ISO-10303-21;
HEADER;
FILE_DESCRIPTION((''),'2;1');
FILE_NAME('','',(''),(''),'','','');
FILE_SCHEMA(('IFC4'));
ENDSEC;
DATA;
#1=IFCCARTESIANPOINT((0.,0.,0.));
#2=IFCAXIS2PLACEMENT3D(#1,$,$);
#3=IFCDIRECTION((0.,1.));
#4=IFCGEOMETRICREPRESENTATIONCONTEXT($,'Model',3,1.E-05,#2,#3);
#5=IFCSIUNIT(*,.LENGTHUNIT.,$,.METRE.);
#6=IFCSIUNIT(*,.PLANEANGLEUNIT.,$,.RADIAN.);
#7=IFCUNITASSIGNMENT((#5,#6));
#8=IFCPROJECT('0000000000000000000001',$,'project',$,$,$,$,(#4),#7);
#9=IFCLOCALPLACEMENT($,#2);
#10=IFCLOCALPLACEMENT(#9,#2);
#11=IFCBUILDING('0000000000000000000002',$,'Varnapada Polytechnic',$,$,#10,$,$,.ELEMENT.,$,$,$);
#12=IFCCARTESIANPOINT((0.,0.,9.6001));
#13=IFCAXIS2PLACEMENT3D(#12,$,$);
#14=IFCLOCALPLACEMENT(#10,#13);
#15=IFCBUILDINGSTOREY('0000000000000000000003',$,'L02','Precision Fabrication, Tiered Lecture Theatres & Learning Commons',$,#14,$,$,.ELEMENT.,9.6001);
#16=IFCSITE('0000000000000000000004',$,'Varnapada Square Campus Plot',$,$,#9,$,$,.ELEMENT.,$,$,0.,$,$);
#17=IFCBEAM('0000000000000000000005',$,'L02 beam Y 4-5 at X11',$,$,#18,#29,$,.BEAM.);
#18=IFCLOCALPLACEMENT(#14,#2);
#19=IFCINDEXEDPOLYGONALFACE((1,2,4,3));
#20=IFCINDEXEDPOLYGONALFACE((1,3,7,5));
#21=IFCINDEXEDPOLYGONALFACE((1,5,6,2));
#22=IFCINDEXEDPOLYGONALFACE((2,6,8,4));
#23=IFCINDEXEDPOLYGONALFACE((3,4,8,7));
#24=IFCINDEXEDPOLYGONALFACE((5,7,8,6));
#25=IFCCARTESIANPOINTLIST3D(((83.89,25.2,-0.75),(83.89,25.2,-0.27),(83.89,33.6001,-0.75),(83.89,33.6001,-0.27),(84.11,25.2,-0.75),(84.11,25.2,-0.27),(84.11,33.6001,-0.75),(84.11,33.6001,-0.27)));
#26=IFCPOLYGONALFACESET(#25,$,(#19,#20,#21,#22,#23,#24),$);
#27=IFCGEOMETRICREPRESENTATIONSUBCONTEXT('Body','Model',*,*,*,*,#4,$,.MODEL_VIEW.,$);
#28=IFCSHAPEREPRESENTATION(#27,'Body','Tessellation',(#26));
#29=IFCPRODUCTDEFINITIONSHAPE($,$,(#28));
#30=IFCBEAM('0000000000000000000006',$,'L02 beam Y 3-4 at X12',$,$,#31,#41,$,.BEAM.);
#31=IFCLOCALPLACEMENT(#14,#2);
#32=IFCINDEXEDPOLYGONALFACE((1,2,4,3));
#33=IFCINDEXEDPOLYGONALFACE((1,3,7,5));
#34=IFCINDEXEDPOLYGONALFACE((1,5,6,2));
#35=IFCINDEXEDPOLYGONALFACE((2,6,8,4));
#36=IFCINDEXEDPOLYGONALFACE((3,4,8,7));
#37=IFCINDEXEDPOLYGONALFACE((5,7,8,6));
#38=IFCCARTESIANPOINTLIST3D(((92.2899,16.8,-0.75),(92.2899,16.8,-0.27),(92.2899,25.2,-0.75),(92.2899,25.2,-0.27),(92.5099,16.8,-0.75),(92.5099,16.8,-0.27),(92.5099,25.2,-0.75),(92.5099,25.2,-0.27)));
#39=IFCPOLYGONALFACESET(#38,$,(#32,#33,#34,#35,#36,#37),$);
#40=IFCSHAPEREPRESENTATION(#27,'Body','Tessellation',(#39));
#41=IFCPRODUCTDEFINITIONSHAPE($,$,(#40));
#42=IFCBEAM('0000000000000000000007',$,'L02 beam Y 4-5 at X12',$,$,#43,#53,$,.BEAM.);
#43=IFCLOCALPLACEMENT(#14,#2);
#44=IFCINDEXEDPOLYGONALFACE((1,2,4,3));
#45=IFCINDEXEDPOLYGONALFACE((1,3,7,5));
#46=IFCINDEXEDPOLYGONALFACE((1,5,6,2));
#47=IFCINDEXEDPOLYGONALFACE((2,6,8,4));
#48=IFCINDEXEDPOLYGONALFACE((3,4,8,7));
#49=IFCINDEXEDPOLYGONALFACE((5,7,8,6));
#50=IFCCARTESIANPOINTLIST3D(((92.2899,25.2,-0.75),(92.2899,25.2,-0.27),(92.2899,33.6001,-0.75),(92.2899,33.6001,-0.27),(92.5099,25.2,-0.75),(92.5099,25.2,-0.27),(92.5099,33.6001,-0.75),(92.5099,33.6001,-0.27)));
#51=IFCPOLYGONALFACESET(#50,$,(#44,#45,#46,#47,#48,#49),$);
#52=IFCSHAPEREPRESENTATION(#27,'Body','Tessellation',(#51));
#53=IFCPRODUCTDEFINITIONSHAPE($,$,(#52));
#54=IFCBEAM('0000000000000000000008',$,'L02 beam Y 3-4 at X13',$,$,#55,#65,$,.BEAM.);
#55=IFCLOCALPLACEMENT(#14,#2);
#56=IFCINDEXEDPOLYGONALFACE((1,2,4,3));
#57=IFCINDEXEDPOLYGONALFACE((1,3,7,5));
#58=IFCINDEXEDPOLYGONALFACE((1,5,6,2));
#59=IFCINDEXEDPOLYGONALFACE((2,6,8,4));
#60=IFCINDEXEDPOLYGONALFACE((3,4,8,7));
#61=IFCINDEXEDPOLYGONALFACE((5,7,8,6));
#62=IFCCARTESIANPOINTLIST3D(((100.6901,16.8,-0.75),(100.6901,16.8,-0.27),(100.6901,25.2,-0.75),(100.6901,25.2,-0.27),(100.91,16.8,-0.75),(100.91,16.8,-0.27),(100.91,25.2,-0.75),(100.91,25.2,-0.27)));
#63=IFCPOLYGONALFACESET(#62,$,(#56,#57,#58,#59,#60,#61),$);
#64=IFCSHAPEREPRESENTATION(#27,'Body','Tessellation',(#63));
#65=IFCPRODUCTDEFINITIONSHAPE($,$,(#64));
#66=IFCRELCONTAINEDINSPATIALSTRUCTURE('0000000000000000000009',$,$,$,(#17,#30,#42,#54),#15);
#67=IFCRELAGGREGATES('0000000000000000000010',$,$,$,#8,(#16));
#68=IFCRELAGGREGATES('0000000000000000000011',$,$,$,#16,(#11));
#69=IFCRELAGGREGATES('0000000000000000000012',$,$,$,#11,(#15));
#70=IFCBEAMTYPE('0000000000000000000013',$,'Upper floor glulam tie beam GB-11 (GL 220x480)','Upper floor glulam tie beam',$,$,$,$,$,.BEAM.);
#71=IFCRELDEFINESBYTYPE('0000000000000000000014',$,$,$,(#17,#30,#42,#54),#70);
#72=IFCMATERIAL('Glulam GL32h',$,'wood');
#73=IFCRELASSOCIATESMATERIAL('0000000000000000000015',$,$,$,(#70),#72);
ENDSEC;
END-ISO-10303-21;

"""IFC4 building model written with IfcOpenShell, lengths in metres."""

from ifc_helpers import new_model, si_unit, direction, frame, origin, origin_2d, place, context, subcontext, project, spatial, rectangle, extrude, material, material_profile, profile_set, type_object, element, save


model = new_model("IFC4")

# Units and contexts
model_context = context("Model", 3, precision=1e-05, world=origin(), true_north=direction((0.0, 1.0)))
body_context = subcontext(model_context, "Body", "Model", "MODEL_VIEW")
ifc_project = project(units=[si_unit("LENGTHUNIT", "METRE"), si_unit("PLANEANGLEUNIT", "RADIAN")], contexts=[model_context])

# Site, building, storey
site_placement = place(None, origin())
site = spatial("IfcSite", under=ifc_project, at=site_placement, Name="Varnapada Square Campus Plot", CompositionType="ELEMENT", RefElevation=0.0)
building_placement = place(site_placement, origin())
building = spatial("IfcBuilding", under=site, at=building_placement, Name="Varnapada Polytechnic", CompositionType="ELEMENT")
storey_placement = place(building_placement, frame((0.0, 0.0, 9.6001)))
storey = spatial("IfcBuildingStorey", under=building, at=storey_placement, Name="L02", Description="Precision Fabrication, Tiered Lecture Theatres & Learning Commons", CompositionType="ELEMENT", Elevation=9.6001)

# Shared definitions
ifc_material = material(Name="Glulam GL32h", Category="wood")

# Beams
ifc_material_profile_1 = material_profile(ifc_material, rectangle(XDim=0.22, YDim=0.48, at=origin_2d()), Name="GL 220x480")
ifc_profile_set_1 = profile_set([ifc_material_profile_1], Name="Glulam GL32h")
beam_type_1 = type_object("IfcBeamType", Name="Upper floor glulam tie beam GB-11 (GL 220x480)", Description="Upper floor glulam tie beam", PredefinedType="BEAM", material=ifc_profile_set_1)
beam_1_placement = place(storey_placement, frame((84.0, 25.2, -0.51), z_axis=(0.0, 1.0, 0.0), x_axis=(-1.0, 0.0, 0.0)))
element("IfcBeam", 1, at=beam_1_placement, inside=storey, type_object=beam_type_1, Name="L02 beam Y 4-5 at X11", PredefinedType="BEAM", context=body_context, shape_type="SweptSolid", body=[
    extrude(rectangle(XDim=0.22, YDim=0.48, at=origin_2d()), origin(), (0.0, 0.0, 1.0), 8.4001),
])
beam_2_placement = place(storey_placement, frame((92.3999, 16.8, -0.51), z_axis=(0.0, 1.0, 0.0), x_axis=(-1.0, 0.0, 0.0)))
element("IfcBeam", 2, at=beam_2_placement, inside=storey, type_object=beam_type_1, Name="L02 beam Y 3-4 at X12", PredefinedType="BEAM", context=body_context, shape_type="SweptSolid", body=[
    extrude(rectangle(XDim=0.22, YDim=0.48, at=origin_2d()), origin(), (0.0, 0.0, 1.0), 8.3999),
])
beam_3_placement = place(storey_placement, frame((92.3999, 25.2, -0.51), z_axis=(0.0, 1.0, 0.0), x_axis=(-1.0, 0.0, 0.0)))
element("IfcBeam", 3, at=beam_3_placement, inside=storey, type_object=beam_type_1, Name="L02 beam Y 4-5 at X12", PredefinedType="BEAM", context=body_context, shape_type="SweptSolid", body=[
    extrude(rectangle(XDim=0.22, YDim=0.48, at=origin_2d()), origin(), (0.0, 0.0, 1.0), 8.4001),
])
beam_4_placement = place(storey_placement, frame((100.8, 16.8, -0.51), z_axis=(0.0, 1.0, 0.0), x_axis=(-1.0, 0.0, 0.0)))
element("IfcBeam", 4, at=beam_4_placement, inside=storey, type_object=beam_type_1, Name="L02 beam Y 3-4 at X13", PredefinedType="BEAM", context=body_context, shape_type="SweptSolid", body=[
    extrude(rectangle(XDim=0.22, YDim=0.48, at=origin_2d()), origin(), (0.0, 0.0, 1.0), 8.3999),
])

save(model, "model.ifc")
